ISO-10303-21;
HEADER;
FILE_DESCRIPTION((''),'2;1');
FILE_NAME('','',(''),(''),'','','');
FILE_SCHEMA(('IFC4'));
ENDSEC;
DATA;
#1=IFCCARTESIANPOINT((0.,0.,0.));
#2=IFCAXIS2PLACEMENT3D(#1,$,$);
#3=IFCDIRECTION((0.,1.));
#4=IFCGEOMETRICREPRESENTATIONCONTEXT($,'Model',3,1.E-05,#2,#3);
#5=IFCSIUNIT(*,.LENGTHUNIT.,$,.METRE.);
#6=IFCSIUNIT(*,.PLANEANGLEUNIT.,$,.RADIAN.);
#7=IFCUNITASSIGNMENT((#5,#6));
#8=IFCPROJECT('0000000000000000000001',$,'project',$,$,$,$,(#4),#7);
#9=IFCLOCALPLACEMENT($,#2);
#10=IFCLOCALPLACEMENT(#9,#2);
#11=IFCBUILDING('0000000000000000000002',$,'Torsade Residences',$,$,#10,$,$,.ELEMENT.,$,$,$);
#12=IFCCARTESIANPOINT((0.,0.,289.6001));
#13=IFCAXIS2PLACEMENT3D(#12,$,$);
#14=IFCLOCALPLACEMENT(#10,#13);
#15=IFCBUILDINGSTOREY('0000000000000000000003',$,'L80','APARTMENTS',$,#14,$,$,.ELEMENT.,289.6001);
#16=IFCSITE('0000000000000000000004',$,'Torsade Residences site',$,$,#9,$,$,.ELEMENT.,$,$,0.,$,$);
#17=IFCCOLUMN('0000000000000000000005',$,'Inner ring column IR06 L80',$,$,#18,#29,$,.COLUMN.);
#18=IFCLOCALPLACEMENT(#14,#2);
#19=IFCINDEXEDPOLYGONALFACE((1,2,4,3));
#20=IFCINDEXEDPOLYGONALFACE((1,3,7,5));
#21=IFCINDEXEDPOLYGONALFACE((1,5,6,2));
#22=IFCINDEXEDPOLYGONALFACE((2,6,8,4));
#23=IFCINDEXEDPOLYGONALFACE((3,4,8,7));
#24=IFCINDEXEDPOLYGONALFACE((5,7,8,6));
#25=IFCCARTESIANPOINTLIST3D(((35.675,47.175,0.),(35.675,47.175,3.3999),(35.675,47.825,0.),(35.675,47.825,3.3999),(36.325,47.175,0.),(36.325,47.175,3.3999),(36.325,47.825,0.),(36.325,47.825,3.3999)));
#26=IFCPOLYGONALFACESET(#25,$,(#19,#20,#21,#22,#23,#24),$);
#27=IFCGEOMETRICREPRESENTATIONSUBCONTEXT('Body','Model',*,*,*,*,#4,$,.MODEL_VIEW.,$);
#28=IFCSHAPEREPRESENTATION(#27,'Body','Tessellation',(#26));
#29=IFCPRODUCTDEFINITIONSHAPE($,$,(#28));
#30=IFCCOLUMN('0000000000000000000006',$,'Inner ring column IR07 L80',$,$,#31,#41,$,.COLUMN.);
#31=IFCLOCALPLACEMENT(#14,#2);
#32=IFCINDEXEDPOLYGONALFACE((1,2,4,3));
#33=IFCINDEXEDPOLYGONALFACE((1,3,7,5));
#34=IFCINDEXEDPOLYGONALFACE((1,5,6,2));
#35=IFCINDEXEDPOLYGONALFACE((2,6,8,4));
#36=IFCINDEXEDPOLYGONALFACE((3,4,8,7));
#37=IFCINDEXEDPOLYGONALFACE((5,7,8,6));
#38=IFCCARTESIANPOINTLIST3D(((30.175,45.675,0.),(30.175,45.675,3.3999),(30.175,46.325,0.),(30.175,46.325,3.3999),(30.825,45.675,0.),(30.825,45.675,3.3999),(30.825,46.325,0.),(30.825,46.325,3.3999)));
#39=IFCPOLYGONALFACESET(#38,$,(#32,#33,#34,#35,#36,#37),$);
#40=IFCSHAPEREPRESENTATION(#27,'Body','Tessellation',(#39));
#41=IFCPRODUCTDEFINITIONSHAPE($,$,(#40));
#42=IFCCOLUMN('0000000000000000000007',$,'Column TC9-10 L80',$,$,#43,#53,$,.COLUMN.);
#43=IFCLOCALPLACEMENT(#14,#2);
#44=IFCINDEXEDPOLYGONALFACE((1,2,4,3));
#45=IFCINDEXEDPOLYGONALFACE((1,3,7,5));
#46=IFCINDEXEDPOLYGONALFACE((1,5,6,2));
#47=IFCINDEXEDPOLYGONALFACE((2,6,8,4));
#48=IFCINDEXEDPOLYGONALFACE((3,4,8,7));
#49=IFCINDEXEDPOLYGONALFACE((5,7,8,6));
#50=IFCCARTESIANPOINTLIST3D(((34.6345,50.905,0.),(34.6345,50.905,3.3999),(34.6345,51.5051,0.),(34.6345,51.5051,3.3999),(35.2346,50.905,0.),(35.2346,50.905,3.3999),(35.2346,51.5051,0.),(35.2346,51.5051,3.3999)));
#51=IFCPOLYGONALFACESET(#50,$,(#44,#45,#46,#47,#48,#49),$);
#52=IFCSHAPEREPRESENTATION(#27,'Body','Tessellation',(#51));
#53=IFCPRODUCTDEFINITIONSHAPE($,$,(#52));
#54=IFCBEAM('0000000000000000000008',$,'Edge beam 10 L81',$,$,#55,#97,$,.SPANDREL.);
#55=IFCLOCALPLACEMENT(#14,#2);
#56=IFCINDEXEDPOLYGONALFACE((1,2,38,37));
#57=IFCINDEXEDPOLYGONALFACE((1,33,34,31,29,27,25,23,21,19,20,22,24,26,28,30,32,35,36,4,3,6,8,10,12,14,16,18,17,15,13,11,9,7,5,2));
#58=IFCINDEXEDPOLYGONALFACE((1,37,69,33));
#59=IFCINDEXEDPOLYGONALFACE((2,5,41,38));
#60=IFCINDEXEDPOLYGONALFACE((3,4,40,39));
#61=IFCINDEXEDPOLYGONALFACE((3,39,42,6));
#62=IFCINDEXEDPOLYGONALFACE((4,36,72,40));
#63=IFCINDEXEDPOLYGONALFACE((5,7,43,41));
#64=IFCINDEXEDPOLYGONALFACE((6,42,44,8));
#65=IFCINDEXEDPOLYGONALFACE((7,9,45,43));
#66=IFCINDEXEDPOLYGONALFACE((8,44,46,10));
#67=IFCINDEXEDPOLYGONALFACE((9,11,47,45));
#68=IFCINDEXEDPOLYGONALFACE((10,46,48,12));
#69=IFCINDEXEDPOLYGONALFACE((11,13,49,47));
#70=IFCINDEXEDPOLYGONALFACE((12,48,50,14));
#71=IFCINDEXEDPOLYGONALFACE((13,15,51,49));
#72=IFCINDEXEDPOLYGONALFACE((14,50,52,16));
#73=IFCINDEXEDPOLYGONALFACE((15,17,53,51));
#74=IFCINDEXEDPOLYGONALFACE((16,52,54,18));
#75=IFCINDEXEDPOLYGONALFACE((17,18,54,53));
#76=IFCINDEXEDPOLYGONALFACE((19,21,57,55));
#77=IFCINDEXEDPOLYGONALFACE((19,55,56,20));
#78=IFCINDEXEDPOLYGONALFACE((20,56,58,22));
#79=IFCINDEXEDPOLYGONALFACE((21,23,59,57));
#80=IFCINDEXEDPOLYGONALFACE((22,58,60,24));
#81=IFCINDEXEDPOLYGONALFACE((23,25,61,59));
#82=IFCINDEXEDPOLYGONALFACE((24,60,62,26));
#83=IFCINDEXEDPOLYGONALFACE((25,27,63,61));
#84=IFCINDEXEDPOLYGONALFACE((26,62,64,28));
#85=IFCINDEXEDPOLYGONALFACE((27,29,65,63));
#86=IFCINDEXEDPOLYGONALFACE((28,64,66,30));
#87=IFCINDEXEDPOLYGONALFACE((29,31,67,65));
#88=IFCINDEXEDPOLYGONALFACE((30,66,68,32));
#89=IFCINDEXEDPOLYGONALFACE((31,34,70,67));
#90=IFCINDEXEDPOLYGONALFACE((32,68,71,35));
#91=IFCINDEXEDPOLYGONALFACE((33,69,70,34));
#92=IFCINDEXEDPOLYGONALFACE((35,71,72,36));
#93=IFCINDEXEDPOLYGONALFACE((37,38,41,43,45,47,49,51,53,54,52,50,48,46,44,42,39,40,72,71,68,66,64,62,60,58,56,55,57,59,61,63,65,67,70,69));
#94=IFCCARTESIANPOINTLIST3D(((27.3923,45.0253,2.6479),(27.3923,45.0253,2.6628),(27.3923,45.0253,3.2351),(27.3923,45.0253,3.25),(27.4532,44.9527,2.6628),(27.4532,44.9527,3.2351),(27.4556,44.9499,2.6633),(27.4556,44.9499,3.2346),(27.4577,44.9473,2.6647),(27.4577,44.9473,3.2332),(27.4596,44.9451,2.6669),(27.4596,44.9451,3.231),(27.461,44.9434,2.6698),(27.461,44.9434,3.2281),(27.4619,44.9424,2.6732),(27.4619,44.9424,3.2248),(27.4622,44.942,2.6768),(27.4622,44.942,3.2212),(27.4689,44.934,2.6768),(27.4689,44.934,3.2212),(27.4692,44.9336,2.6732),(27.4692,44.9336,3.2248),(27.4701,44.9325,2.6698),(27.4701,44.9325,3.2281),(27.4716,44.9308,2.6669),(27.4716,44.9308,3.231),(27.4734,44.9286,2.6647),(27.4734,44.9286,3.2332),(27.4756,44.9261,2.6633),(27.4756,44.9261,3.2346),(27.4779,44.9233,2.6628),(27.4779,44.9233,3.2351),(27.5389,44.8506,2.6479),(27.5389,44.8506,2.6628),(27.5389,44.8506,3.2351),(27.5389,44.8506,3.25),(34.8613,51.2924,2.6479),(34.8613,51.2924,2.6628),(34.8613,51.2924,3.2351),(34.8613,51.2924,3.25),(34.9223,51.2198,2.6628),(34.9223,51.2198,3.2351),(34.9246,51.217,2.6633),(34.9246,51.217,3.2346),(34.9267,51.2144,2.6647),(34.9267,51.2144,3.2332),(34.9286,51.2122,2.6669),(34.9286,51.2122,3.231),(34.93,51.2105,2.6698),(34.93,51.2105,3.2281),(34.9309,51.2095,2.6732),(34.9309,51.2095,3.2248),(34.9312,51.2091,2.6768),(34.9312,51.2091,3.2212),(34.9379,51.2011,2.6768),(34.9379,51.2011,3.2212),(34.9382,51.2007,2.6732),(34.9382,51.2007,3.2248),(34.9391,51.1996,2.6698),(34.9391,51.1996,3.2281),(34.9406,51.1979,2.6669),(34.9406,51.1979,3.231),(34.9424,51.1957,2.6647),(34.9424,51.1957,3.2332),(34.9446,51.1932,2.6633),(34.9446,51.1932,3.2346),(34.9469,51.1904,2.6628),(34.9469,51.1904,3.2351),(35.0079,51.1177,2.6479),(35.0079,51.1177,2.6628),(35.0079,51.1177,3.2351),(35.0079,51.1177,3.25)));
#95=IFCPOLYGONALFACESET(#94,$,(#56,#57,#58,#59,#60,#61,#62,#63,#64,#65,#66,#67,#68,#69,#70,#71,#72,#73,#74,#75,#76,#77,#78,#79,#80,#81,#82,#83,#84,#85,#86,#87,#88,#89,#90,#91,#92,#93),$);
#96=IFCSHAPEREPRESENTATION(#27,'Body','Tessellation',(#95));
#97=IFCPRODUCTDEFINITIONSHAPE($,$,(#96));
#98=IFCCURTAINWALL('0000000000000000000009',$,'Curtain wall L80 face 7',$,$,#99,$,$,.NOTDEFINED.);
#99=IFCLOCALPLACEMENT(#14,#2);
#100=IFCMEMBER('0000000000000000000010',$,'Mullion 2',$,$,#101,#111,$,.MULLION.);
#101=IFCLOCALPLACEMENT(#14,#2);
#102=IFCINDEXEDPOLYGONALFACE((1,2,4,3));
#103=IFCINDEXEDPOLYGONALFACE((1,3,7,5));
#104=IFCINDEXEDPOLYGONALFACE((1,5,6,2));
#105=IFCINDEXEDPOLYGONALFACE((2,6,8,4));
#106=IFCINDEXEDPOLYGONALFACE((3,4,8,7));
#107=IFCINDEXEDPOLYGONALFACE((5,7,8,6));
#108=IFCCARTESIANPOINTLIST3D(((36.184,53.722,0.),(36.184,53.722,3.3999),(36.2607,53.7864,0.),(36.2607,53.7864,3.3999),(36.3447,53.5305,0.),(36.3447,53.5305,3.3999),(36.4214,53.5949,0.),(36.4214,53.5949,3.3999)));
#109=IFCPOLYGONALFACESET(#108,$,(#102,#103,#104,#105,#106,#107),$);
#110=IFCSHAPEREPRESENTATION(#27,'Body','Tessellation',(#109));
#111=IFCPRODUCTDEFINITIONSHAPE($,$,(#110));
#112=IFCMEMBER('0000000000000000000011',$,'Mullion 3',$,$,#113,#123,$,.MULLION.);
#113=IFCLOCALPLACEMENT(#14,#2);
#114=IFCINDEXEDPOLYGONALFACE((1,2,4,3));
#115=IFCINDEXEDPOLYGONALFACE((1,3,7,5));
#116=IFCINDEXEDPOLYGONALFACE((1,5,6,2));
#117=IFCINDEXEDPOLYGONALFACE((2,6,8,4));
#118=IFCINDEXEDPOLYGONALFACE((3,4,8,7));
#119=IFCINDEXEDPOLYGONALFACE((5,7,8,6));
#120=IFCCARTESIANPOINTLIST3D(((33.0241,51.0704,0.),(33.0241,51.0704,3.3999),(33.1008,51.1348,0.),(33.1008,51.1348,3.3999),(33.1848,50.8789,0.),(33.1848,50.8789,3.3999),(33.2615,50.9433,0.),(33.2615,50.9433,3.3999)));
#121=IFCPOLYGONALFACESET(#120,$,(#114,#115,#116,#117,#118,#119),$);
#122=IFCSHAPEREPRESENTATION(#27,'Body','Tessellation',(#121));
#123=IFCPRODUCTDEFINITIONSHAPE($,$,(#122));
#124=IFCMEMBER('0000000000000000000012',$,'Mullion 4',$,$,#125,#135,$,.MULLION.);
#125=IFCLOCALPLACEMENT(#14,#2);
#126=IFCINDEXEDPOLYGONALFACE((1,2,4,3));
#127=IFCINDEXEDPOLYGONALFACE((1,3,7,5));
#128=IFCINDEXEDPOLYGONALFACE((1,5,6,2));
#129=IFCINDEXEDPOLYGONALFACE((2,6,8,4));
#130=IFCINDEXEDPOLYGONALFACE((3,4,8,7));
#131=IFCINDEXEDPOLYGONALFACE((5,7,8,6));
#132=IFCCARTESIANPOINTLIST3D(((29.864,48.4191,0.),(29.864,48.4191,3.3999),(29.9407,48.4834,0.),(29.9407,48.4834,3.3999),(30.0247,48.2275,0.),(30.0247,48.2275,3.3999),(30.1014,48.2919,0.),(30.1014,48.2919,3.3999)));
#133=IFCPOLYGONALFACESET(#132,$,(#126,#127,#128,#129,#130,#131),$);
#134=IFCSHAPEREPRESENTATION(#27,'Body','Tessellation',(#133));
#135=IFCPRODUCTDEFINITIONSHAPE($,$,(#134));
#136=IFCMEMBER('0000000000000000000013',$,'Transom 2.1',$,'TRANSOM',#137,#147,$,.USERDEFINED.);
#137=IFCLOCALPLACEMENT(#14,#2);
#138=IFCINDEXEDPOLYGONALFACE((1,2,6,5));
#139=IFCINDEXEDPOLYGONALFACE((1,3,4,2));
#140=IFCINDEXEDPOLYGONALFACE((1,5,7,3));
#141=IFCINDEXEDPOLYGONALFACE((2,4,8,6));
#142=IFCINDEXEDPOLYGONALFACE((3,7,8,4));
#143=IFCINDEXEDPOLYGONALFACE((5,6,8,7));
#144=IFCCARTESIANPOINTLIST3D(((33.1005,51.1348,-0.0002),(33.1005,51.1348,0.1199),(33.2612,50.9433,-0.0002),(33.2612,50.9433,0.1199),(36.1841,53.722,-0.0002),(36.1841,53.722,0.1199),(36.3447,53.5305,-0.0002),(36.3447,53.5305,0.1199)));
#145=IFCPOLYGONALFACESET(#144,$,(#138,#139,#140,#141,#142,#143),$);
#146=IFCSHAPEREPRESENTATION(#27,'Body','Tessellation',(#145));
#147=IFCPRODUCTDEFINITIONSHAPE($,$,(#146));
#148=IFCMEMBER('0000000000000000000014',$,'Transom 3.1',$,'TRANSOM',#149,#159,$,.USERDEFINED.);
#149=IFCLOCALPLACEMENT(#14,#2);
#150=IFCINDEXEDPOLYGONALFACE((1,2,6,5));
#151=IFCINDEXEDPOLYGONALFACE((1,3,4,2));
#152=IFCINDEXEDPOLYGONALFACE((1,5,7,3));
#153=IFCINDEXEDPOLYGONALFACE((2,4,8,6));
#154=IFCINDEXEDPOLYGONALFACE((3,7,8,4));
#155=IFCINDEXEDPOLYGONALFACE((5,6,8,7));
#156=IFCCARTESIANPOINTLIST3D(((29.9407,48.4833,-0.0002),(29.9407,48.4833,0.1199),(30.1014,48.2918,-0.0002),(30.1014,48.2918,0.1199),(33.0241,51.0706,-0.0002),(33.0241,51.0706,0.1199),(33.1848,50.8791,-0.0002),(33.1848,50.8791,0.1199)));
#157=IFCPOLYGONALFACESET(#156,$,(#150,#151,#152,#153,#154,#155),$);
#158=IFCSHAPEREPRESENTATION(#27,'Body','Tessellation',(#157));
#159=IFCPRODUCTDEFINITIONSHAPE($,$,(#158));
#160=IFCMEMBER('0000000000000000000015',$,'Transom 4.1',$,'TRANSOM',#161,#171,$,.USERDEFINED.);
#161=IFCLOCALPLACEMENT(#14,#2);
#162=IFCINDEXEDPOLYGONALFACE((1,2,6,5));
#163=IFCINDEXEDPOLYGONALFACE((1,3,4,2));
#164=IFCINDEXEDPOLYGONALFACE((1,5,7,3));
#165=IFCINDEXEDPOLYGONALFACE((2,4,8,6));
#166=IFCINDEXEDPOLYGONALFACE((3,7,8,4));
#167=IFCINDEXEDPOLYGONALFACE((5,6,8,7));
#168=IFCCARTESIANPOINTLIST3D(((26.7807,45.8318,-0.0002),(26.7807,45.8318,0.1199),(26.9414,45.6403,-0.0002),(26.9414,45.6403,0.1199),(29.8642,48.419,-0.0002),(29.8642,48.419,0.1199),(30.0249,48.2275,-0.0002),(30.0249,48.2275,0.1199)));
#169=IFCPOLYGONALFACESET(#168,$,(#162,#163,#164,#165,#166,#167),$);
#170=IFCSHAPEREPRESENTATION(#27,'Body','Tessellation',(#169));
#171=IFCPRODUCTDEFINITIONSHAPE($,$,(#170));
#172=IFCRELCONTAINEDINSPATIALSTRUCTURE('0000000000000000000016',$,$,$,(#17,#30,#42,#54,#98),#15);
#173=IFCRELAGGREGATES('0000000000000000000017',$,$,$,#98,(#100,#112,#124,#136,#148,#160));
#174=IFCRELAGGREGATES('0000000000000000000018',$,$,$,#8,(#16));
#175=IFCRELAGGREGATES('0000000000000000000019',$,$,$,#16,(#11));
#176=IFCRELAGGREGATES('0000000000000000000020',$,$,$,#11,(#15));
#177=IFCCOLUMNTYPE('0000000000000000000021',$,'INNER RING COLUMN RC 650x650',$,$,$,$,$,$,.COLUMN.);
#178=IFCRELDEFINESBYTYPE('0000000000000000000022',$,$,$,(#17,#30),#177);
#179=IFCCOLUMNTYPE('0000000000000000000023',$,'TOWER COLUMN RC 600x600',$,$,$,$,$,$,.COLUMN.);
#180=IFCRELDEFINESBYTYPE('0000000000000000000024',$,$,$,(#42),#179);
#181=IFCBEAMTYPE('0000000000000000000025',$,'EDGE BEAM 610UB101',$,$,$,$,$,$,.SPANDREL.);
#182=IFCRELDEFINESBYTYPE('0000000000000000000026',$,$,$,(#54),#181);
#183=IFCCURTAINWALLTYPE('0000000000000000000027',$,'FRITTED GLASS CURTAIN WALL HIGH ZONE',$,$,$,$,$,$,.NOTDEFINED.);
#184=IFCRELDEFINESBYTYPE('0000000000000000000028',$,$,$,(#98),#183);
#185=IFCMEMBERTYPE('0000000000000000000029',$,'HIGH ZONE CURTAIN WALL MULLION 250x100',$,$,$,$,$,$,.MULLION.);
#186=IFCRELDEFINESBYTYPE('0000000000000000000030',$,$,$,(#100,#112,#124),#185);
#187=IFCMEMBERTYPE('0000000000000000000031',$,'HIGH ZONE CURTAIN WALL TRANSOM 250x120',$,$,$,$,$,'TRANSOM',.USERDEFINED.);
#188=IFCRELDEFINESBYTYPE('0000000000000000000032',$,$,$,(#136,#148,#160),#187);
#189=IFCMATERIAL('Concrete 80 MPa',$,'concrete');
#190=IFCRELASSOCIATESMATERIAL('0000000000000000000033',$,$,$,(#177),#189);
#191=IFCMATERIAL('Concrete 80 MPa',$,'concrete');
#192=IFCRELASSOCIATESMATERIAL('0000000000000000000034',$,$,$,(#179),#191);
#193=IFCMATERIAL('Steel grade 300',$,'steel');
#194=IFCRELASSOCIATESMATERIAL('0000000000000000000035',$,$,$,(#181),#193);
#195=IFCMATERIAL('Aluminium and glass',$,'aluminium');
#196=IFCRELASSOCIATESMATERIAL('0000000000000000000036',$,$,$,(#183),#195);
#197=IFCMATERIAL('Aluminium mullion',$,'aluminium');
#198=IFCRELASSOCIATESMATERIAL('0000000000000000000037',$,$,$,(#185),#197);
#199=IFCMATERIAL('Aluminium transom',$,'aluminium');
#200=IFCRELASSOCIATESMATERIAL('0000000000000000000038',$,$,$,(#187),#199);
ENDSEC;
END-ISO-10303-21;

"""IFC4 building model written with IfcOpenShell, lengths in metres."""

from ifc_helpers import new_model, si_unit, direction, frame, origin, origin_2d, place, context, subcontext, project, spatial, rectangle, i_section, extrude, material, material_profile, profile_set, type_object, element, aggregate, save


model = new_model("IFC4")

# Units and contexts
model_context = context("Model", 3, precision=1e-05, world=origin(), true_north=direction((0.0, 1.0)))
body_context = subcontext(model_context, "Body", "Model", "MODEL_VIEW")
ifc_project = project(units=[si_unit("LENGTHUNIT", "METRE"), si_unit("PLANEANGLEUNIT", "RADIAN")], contexts=[model_context])

# Site, building, storey
site_placement = place(None, origin())
site = spatial("IfcSite", under=ifc_project, at=site_placement, Name="Torsade Residences site", CompositionType="ELEMENT", RefElevation=0.0)
building_placement = place(site_placement, origin())
building = spatial("IfcBuilding", under=site, at=building_placement, Name="Torsade Residences", CompositionType="ELEMENT")
storey_placement = place(building_placement, frame((0.0, 0.0, 289.6001)))
storey = spatial("IfcBuildingStorey", under=building, at=storey_placement, Name="L80", Description="APARTMENTS", CompositionType="ELEMENT", Elevation=289.6001)

# Columns
ifc_material_1 = material(Name="Concrete 80 MPa", Category="concrete")
ifc_material_profile_1 = material_profile(ifc_material_1, rectangle(XDim=0.6499, YDim=0.6499, at=origin_2d()), Name="RC 650x650")
ifc_profile_set_1 = profile_set([ifc_material_profile_1], Name="Concrete 80 MPa")
column_type_1 = type_object("IfcColumnType", Name="INNER RING COLUMN RC 650x650", PredefinedType="COLUMN", material=ifc_profile_set_1)
for number, where, z_axis, x_axis, name in (
    (1, (36.0, 47.5, 0.0), (0.0, 0.0, 1.0), (1.0, 0.0, 0.0), "Inner ring column IR06 L80"),
    (2, (30.5, 46.0, 0.0), (0.0, 0.0, 1.0), (1.0, 0.0, 0.0), "Inner ring column IR07 L80"),
):
    element("IfcColumn", number, at=place(storey_placement, frame(where, z_axis=z_axis, x_axis=x_axis)), inside=storey, type_object=column_type_1, Name=name, PredefinedType="COLUMN", context=body_context, shape_type="SweptSolid", body=[
        extrude(rectangle(XDim=0.6499, YDim=0.6499, at=origin_2d()), origin(), (0.0, 0.0, 1.0), 3.3999),
    ])
ifc_material_2 = material(Name="Concrete 80 MPa", Category="concrete")
ifc_material_profile_2 = material_profile(ifc_material_2, rectangle(XDim=0.6001, YDim=0.6001, at=origin_2d()), Name="RC 600x600")
ifc_profile_set_2 = profile_set([ifc_material_profile_2], Name="Concrete 80 MPa")
column_type_2 = type_object("IfcColumnType", Name="TOWER COLUMN RC 600x600", PredefinedType="COLUMN", material=ifc_profile_set_2)
column_placement = place(storey_placement, frame((34.9346, 51.2051, 0.0), z_axis=(0.0, 0.0, 1.0), x_axis=(1.0, 0.0, 0.0)))
element("IfcColumn", 3, at=column_placement, inside=storey, type_object=column_type_2, Name="Column TC9-10 L80", PredefinedType="COLUMN", context=body_context, shape_type="SweptSolid", body=[
    extrude(rectangle(XDim=0.6001, YDim=0.6001, at=origin_2d()), origin(), (0.0, 0.0, 1.0), 3.3999),
])

# Beam
ifc_material_3 = material(Name="Steel grade 300", Category="steel")
ifc_material_profile_3 = material_profile(ifc_material_3, i_section(OverallWidth=0.228, OverallDepth=0.6021, WebThickness=0.0105, FlangeThickness=0.0149, FilletRadius=0.0139, at=origin_2d()), Name="610UB101")
ifc_profile_set_3 = profile_set([ifc_material_profile_3], Name="Steel grade 300")
beam_type_1 = type_object("IfcBeamType", Name="EDGE BEAM 610UB101", PredefinedType="SPANDREL", material=ifc_profile_set_3)
beam_1_placement = place(storey_placement, frame((34.9346, 51.2051, 2.949), z_axis=(-0.766052, -0.642779, 0.0), x_axis=(0.642779, -0.766052, 0.0)))
element("IfcBeam", 4, at=beam_1_placement, inside=storey, type_object=beam_type_1, Name="Edge beam 10 L81", PredefinedType="SPANDREL", context=body_context, shape_type="SweptSolid", body=[
    extrude(i_section(OverallWidth=0.228, OverallDepth=0.6021, WebThickness=0.0105, FlangeThickness=0.0149, FilletRadius=0.0139, at=origin_2d()), origin(), (0.0, 0.0, 1.0), 9.75),
])

# Curtain wall, members
ifc_material_4 = material(Name="Aluminium and glass", Category="aluminium")
curtain_wall_type = type_object("IfcCurtainWallType", Name="FRITTED GLASS CURTAIN WALL HIGH ZONE", PredefinedType="NOTDEFINED", material=ifc_material_4)
curtain_wall_placement = place(storey_placement, origin())
curtain_wall = element("IfcCurtainWall", 5, at=curtain_wall_placement, inside=storey, type_object=curtain_wall_type, Name="Curtain wall L80 face 7", PredefinedType="NOTDEFINED")
ifc_material_5 = material(Name="Aluminium mullion", Category="aluminium")
ifc_material_profile_4 = material_profile(ifc_material_5, rectangle(XDim=0.25, YDim=0.1001, at=origin_2d()), Name="HIGH ZONE CURTAIN WALL MULLION 250x100")
ifc_profile_set_4 = profile_set([ifc_material_profile_4], Name="Aluminium mullion")
member_type_1 = type_object("IfcMemberType", Name="HIGH ZONE CURTAIN WALL MULLION 250x100", PredefinedType="MULLION", material=ifc_profile_set_4)
member_1_placement = place(storey_placement, frame((36.3027, 53.6584, 0.0), z_axis=(0.0, 0.0, 1.0), x_axis=(0.642788, -0.766044, 0.0)))
member_1 = element("IfcMember", 6, at=member_1_placement, type_object=member_type_1, Name="Mullion 2", PredefinedType="MULLION", context=body_context, shape_type="SweptSolid", body=[
    extrude(rectangle(XDim=0.25, YDim=0.1001, at=origin_2d()), origin(), (0.0, 0.0, 1.0), 3.3999),
])
member_2_placement = place(storey_placement, frame((33.1428, 51.0068, 0.0), z_axis=(0.0, 0.0, 1.0), x_axis=(0.642788, -0.766044, 0.0)))
member_2 = element("IfcMember", 7, at=member_2_placement, type_object=member_type_1, Name="Mullion 3", PredefinedType="MULLION", context=body_context, shape_type="SweptSolid", body=[
    extrude(rectangle(XDim=0.25, YDim=0.1001, at=origin_2d()), origin(), (0.0, 0.0, 1.0), 3.3999),
])
member_3_placement = place(storey_placement, frame((29.9827, 48.3555, 0.0), z_axis=(0.0, 0.0, 1.0), x_axis=(0.642788, -0.766044, 0.0)))
member_3 = element("IfcMember", 8, at=member_3_placement, type_object=member_type_1, Name="Mullion 4", PredefinedType="MULLION", context=body_context, shape_type="SweptSolid", body=[
    extrude(rectangle(XDim=0.25, YDim=0.1001, at=origin_2d()), origin(), (0.0, 0.0, 1.0), 3.3999),
])
ifc_material_6 = material(Name="Aluminium transom", Category="aluminium")
ifc_material_profile_5 = material_profile(ifc_material_6, rectangle(XDim=0.25, YDim=0.1201, at=origin_2d()), Name="HIGH ZONE CURTAIN WALL TRANSOM 250x120")
ifc_profile_set_5 = profile_set([ifc_material_profile_5], Name="Aluminium transom")
member_type_2 = type_object("IfcMemberType", Name="HIGH ZONE CURTAIN WALL TRANSOM 250x120", ElementType="TRANSOM", PredefinedType="USERDEFINED", material=ifc_profile_set_5)
member_4_placement = place(storey_placement, frame((36.2644, 53.6262, 0.0598), z_axis=(-0.766069, -0.642758, 0.0), x_axis=(0.642758, -0.766069, 0.0)))
member_4 = element("IfcMember", 9, at=member_4_placement, type_object=member_type_2, Name="Transom 2.1", ObjectType="TRANSOM", PredefinedType="USERDEFINED", context=body_context, shape_type="SweptSolid", body=[
    extrude(rectangle(XDim=0.25, YDim=0.1201, at=origin_2d()), origin(), (0.0, 0.0, 1.0), 4.0251),
])
member_5_placement = place(storey_placement, frame((33.1045, 50.9749, 0.0598), z_axis=(-0.766039, -0.642794, 0.0), x_axis=(0.642794, -0.766039, 0.0)))
member_5 = element("IfcMember", 10, at=member_5_placement, type_object=member_type_2, Name="Transom 3.1", ObjectType="TRANSOM", PredefinedType="USERDEFINED", context=body_context, shape_type="SweptSolid", body=[
    extrude(rectangle(XDim=0.25, YDim=0.1201, at=origin_2d()), origin(), (0.0, 0.0, 1.0), 4.0251),
])
member_6_placement = place(storey_placement, frame((29.9446, 48.3232, 0.0598), z_axis=(-0.766069, -0.642758, 0.0), x_axis=(0.642758, -0.766069, 0.0)))
member_6 = element("IfcMember", 11, at=member_6_placement, type_object=member_type_2, Name="Transom 4.1", ObjectType="TRANSOM", PredefinedType="USERDEFINED", context=body_context, shape_type="SweptSolid", body=[
    extrude(rectangle(XDim=0.25, YDim=0.1201, at=origin_2d()), origin(), (0.0, 0.0, 1.0), 4.0251),
])

aggregate(curtain_wall, [member_1, member_2, member_3, member_4, member_5, member_6])

save(model, "model.ifc")
